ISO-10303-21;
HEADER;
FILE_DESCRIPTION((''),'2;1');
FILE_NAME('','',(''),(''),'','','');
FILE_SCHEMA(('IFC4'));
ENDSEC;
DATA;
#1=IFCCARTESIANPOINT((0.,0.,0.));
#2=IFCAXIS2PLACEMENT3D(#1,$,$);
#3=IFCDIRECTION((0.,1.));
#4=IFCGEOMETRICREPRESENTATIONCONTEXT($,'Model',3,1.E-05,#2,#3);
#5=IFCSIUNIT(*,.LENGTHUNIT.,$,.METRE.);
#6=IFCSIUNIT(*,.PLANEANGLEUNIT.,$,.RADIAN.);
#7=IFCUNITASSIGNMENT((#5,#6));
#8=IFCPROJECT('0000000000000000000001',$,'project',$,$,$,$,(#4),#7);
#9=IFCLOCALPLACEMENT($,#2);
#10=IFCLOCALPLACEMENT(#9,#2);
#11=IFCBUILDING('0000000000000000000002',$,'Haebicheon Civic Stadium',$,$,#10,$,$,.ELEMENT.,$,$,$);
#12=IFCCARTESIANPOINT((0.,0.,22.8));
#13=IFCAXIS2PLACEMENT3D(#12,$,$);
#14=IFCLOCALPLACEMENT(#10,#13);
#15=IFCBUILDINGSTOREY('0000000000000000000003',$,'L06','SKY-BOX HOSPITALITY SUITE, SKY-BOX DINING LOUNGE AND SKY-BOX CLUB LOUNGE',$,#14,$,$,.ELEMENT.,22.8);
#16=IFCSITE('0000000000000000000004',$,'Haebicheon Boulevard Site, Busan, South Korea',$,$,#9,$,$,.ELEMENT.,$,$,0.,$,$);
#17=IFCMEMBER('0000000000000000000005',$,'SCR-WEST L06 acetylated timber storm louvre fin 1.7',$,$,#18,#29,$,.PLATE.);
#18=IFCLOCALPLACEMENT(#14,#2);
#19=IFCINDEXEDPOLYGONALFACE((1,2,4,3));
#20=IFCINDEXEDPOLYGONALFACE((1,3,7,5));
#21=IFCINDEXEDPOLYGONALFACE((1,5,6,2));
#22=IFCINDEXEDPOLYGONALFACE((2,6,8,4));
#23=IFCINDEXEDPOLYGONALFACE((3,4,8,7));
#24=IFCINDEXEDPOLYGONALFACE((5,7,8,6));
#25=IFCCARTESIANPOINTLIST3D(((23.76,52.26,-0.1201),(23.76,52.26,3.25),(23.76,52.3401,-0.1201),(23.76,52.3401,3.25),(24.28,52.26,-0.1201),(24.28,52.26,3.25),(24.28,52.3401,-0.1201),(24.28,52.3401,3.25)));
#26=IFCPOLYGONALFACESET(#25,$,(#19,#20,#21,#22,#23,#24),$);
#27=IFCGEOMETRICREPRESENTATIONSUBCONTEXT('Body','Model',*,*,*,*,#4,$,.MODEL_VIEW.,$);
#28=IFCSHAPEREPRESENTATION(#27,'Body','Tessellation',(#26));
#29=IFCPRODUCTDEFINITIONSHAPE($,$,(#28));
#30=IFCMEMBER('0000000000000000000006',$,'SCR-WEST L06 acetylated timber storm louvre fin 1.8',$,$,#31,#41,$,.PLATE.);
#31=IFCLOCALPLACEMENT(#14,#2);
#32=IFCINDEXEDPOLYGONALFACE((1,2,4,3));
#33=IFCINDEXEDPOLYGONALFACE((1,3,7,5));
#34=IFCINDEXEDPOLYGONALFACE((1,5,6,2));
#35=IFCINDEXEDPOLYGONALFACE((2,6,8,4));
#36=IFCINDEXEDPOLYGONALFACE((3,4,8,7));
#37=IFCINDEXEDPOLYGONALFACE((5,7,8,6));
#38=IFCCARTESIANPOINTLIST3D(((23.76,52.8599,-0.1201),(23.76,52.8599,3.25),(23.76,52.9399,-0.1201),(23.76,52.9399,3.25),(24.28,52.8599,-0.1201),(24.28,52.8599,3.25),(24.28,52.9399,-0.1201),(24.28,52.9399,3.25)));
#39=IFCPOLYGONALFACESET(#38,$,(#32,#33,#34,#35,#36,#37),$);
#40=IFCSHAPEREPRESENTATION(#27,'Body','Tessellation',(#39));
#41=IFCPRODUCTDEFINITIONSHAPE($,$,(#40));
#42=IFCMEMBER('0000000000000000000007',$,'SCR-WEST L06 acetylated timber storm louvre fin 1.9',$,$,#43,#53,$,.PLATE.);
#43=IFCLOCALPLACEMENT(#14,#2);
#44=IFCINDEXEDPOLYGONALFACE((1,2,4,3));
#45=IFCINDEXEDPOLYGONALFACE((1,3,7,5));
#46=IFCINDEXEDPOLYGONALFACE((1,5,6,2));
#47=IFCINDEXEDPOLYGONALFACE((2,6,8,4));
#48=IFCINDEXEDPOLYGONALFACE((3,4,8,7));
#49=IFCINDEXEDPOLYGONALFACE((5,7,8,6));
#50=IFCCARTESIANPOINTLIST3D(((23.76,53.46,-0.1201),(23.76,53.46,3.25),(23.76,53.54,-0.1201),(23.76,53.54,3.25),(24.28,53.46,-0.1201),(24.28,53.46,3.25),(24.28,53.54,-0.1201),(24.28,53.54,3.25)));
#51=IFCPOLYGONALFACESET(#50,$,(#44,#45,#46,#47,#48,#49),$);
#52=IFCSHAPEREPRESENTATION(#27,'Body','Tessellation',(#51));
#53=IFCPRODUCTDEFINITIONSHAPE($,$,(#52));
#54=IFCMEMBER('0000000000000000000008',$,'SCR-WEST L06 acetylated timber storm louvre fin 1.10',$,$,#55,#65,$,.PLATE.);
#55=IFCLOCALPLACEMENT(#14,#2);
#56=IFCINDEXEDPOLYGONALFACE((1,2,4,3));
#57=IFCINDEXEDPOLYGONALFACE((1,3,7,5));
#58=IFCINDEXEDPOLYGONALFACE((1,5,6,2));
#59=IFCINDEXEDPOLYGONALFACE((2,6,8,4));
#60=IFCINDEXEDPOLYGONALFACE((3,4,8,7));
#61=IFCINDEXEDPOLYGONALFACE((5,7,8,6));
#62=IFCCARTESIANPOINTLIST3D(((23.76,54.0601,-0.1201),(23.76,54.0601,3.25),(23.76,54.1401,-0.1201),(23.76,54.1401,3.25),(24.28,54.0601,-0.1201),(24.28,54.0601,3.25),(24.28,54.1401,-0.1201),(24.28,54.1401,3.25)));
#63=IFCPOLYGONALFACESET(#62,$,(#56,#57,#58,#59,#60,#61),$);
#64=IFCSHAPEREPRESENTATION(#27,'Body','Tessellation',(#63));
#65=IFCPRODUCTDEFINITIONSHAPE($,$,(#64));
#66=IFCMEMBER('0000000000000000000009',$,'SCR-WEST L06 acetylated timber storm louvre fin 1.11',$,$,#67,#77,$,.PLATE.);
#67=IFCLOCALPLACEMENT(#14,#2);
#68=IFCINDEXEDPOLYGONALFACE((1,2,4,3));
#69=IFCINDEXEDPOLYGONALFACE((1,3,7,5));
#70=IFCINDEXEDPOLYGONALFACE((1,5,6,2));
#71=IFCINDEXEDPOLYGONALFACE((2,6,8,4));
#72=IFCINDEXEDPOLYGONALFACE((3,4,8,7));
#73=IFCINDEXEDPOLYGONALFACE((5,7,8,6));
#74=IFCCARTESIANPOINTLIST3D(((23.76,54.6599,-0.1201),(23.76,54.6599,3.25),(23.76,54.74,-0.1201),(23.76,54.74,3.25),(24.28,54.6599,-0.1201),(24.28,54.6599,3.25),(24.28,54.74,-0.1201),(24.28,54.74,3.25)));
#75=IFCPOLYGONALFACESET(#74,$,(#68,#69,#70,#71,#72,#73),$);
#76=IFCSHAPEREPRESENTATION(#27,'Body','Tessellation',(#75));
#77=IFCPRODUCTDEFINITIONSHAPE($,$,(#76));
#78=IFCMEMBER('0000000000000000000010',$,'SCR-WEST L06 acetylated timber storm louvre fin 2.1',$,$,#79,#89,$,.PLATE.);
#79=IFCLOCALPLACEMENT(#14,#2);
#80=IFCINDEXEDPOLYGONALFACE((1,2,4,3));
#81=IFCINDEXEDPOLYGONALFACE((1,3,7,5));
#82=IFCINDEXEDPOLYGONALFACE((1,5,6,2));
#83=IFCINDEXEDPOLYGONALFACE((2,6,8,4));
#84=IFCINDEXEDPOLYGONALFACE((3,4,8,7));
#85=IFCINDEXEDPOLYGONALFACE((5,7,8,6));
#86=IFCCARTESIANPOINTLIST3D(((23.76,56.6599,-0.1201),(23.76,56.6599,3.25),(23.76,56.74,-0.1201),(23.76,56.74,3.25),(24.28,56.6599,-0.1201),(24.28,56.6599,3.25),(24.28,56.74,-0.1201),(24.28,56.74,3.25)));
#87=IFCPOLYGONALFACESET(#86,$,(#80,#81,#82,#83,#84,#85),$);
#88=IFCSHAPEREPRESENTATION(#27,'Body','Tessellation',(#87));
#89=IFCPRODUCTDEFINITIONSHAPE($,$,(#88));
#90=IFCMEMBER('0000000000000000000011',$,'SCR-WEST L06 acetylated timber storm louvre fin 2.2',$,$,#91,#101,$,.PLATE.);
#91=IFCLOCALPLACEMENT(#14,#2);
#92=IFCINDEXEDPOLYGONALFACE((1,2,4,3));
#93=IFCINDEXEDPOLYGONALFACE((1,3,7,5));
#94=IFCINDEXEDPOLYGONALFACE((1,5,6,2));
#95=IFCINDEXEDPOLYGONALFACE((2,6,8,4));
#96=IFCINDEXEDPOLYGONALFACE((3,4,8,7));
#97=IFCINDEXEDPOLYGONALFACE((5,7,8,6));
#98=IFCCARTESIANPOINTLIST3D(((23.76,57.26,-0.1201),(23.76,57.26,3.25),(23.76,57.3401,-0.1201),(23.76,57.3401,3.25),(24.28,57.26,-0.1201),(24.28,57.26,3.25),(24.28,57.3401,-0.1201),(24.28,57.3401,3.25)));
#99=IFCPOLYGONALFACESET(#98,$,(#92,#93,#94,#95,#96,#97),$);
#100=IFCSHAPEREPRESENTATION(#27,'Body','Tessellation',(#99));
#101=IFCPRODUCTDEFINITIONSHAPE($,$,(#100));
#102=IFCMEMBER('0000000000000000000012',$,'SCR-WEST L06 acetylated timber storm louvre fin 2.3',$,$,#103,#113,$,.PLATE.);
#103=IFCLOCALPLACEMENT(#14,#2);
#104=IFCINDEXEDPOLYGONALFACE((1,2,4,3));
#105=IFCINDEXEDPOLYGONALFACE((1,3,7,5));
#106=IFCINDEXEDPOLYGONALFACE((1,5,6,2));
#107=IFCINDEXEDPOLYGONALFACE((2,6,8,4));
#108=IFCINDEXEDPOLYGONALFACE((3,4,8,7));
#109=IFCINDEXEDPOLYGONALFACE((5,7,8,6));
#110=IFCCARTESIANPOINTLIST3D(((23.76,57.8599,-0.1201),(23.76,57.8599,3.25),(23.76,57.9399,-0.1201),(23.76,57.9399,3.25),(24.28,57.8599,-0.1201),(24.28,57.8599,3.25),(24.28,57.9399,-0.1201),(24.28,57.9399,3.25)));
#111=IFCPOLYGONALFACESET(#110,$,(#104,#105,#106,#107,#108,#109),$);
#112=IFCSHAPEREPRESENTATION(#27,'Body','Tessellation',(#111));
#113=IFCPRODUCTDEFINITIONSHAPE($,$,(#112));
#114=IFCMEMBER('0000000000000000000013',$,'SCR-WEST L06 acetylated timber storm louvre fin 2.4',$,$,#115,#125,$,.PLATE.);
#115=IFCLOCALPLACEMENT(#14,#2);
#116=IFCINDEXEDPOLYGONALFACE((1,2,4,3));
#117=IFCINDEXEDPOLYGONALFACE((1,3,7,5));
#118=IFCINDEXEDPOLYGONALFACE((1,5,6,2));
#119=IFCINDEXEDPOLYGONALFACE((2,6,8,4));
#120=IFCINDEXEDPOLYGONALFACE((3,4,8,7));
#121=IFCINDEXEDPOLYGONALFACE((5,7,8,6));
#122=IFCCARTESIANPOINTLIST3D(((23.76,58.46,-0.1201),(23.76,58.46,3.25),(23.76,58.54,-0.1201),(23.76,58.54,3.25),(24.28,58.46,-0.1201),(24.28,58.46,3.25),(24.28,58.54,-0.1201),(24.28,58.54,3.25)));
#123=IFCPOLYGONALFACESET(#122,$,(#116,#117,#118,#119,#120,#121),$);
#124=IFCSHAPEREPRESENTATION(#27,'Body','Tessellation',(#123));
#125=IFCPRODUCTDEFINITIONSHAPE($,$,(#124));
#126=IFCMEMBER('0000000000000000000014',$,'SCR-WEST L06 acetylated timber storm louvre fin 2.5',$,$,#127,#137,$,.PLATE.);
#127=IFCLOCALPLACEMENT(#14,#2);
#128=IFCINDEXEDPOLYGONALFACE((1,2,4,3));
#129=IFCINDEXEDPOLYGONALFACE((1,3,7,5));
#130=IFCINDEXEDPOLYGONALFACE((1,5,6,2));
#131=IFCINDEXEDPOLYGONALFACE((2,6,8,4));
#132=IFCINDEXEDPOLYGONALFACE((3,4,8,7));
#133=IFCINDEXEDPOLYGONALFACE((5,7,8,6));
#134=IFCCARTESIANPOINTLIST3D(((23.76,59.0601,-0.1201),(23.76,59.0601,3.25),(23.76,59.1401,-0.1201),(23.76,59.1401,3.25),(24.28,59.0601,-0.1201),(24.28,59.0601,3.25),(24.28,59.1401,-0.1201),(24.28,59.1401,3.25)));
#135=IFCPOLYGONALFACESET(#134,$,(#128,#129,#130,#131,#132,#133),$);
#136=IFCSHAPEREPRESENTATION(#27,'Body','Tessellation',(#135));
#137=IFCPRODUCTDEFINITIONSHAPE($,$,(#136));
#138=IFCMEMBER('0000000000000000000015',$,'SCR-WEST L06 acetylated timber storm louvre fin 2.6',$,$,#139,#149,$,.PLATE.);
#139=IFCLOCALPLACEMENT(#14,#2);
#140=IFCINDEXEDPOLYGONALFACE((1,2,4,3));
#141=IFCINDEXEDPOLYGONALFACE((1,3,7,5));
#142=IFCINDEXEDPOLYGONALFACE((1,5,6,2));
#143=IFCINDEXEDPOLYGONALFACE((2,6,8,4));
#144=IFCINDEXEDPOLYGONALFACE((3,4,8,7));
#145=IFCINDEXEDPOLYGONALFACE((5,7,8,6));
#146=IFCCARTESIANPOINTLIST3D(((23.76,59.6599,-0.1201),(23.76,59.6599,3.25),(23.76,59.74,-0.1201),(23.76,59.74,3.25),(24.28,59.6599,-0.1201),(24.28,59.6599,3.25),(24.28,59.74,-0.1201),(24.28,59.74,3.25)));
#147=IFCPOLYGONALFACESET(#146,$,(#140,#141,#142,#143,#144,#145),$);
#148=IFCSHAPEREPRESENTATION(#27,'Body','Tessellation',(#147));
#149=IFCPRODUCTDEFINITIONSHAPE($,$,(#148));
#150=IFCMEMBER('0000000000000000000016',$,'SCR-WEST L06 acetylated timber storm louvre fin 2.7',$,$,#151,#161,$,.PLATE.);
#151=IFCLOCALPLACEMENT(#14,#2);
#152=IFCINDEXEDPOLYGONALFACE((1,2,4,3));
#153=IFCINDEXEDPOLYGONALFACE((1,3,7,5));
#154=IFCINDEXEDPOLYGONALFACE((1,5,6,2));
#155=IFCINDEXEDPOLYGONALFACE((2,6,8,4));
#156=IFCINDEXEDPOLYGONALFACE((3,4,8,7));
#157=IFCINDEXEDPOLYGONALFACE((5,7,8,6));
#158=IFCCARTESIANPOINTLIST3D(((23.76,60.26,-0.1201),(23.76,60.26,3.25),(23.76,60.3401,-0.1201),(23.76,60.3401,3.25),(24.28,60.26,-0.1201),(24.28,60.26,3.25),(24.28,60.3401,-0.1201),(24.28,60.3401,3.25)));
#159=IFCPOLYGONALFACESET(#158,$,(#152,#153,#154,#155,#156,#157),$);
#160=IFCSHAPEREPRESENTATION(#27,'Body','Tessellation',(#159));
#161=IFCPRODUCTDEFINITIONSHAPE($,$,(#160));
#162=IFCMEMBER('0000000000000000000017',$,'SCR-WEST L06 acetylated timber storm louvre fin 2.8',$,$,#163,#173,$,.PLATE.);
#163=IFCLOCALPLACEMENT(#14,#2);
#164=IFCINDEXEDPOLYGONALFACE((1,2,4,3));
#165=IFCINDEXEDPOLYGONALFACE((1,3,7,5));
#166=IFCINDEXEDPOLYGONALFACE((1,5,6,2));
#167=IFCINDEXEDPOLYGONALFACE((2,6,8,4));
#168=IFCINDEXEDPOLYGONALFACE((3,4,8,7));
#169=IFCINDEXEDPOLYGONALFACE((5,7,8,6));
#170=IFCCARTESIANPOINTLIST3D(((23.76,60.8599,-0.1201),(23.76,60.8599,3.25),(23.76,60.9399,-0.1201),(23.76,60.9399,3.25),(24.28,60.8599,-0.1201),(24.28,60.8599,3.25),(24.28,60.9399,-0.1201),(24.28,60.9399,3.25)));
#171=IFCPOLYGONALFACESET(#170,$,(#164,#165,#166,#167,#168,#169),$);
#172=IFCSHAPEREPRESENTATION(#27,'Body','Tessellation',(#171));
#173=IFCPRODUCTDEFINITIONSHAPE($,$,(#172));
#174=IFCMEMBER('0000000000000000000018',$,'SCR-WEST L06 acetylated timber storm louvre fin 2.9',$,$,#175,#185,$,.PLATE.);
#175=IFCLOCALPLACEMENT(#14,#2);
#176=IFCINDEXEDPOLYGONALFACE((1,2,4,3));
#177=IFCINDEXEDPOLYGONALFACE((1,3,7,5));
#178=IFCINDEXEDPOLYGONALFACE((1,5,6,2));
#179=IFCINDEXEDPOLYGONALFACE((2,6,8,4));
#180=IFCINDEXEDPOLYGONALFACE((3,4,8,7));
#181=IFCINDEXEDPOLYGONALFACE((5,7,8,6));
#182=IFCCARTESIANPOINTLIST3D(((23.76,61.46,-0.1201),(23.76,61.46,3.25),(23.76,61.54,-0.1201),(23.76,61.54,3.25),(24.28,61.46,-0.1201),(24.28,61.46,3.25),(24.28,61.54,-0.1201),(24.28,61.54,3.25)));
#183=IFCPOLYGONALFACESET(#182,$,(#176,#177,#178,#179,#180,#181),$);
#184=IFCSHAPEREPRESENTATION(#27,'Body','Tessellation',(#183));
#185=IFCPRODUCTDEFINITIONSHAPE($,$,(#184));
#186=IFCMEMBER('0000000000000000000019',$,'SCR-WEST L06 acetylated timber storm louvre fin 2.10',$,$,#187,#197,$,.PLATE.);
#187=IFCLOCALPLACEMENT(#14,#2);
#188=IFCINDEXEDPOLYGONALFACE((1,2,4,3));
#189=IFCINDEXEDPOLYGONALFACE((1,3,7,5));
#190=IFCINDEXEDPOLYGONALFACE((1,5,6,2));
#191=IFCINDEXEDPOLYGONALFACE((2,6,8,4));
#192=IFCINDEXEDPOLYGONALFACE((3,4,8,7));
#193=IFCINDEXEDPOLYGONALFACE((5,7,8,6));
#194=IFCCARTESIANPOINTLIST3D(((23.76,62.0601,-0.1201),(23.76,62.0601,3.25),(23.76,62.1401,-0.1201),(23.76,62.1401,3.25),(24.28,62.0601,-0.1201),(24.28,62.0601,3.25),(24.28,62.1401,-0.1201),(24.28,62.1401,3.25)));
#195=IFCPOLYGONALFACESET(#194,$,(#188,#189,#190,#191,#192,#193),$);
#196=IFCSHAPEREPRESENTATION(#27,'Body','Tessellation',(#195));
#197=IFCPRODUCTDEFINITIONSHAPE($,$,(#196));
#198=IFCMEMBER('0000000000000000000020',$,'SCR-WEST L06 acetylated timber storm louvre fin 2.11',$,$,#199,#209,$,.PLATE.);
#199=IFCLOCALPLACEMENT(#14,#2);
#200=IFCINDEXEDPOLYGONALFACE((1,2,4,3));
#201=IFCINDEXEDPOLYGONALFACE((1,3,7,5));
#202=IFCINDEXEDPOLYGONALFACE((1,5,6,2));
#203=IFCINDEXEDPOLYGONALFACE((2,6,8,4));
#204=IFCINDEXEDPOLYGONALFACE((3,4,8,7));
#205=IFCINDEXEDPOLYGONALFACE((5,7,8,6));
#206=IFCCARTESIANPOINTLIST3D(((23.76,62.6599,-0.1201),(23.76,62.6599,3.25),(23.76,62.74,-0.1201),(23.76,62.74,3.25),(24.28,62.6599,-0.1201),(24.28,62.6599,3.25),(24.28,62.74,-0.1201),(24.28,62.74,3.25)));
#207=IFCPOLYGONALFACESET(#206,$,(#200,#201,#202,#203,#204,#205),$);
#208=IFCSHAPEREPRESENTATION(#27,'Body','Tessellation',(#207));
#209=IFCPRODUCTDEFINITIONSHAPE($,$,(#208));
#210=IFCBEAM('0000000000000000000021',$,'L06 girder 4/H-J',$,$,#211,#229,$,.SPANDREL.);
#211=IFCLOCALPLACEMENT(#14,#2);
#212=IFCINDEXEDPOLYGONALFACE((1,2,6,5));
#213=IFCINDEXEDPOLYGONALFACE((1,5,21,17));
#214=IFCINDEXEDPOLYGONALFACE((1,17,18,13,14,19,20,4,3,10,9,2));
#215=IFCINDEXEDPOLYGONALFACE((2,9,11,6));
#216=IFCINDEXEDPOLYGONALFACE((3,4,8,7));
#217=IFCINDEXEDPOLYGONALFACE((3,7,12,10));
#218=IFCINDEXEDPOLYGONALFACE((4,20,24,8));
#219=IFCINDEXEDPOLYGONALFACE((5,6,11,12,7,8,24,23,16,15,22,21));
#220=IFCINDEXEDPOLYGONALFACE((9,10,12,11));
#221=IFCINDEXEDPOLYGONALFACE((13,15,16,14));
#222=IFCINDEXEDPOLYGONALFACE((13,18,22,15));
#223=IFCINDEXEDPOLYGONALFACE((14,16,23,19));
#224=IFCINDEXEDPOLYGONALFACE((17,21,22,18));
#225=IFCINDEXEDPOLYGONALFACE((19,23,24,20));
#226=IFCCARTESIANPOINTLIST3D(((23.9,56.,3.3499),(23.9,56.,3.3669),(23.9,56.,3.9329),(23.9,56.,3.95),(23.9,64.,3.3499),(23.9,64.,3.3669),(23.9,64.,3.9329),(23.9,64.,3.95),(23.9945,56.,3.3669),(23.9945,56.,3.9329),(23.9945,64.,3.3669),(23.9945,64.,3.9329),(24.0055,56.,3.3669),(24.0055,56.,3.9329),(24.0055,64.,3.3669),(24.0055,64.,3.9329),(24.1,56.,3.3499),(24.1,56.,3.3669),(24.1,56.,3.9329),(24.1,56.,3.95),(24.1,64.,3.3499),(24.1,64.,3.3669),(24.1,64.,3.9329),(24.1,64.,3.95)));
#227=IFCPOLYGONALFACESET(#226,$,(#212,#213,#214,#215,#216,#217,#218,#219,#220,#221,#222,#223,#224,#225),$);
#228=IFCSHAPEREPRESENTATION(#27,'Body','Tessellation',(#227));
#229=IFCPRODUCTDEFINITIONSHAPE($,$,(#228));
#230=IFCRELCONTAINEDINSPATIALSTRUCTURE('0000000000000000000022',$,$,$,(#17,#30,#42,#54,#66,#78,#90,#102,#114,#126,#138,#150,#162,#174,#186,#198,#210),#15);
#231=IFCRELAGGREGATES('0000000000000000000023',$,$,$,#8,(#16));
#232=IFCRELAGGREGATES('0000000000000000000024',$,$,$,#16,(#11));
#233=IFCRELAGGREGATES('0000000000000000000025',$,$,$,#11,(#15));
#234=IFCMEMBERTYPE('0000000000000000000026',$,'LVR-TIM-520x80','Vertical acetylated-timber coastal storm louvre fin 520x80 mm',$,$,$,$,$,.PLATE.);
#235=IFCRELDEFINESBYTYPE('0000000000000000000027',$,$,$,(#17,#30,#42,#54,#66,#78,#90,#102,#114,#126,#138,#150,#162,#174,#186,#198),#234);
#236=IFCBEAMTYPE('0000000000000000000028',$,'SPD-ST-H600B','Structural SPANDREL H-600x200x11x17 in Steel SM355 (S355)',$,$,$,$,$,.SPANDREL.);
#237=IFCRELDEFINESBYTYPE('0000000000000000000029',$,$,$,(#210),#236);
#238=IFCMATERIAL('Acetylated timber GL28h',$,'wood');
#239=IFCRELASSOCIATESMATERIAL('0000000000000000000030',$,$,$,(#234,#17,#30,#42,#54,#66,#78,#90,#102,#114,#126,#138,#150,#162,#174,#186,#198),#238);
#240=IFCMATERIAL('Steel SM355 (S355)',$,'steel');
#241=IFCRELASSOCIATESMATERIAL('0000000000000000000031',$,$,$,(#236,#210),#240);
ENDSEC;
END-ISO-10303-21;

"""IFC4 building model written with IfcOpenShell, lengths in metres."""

from ifc_helpers import new_model, si_unit, direction, frame, origin, origin_2d, place, context, subcontext, project, spatial, rectangle, i_section, extrude, material, material_profile, profile_set, type_object, element, save


model = new_model("IFC4")

# Units and contexts
model_context = context("Model", 3, precision=1e-05, world=origin(), true_north=direction((0.0, 1.0)))
body_context = subcontext(model_context, "Body", "Model", "MODEL_VIEW")
ifc_project = project(units=[si_unit("LENGTHUNIT", "METRE"), si_unit("PLANEANGLEUNIT", "RADIAN")], contexts=[model_context])

# Site, building, storey
site_placement = place(None, origin())
site = spatial("IfcSite", under=ifc_project, at=site_placement, Name="Haebicheon Boulevard Site, Busan, South Korea", CompositionType="ELEMENT", RefElevation=0.0)
building_placement = place(site_placement, origin())
building = spatial("IfcBuilding", under=site, at=building_placement, Name="Haebicheon Civic Stadium", CompositionType="ELEMENT")
storey_placement = place(building_placement, frame((0.0, 0.0, 22.8)))
storey = spatial("IfcBuildingStorey", under=building, at=storey_placement, Name="L06", Description="SKY-BOX HOSPITALITY SUITE, SKY-BOX DINING LOUNGE AND SKY-BOX CLUB LOUNGE", CompositionType="ELEMENT", Elevation=22.8)

# Members
ifc_material_1 = material(Name="Acetylated timber GL28h", Category="wood")
ifc_material_profile_1 = material_profile(ifc_material_1, rectangle(XDim=0.0801, YDim=0.52, at=origin_2d()), Name="TMB-LOUV-80x520")
ifc_profile_set_1 = profile_set([ifc_material_profile_1], Name="Acetylated timber GL28h")
member_type_1 = type_object("IfcMemberType", Name="LVR-TIM-520x80", Description="Vertical acetylated-timber coastal storm louvre fin 520x80 mm", PredefinedType="PLATE", material=ifc_profile_set_1)
for number, where, z_axis, x_axis, name in (
    (1, (24.02, 52.3, -0.1201), (0.0, 0.0, 1.0), (0.0, 1.0, 0.0), "SCR-WEST L06 acetylated timber storm louvre fin 1.7"),
    (2, (24.02, 52.8999, -0.1201), (0.0, 0.0, 1.0), (0.0, 1.0, 0.0), "SCR-WEST L06 acetylated timber storm louvre fin 1.8"),
    (3, (24.02, 53.5, -0.1201), (0.0, 0.0, 1.0), (0.0, 1.0, 0.0), "SCR-WEST L06 acetylated timber storm louvre fin 1.9"),
    (4, (24.02, 54.1001, -0.1201), (0.0, 0.0, 1.0), (0.0, 1.0, 0.0), "SCR-WEST L06 acetylated timber storm louvre fin 1.10"),
    (5, (24.02, 54.7, -0.1201), (0.0, 0.0, 1.0), (0.0, 1.0, 0.0), "SCR-WEST L06 acetylated timber storm louvre fin 1.11"),
    (6, (24.02, 56.7, -0.1201), (0.0, 0.0, 1.0), (0.0, 1.0, 0.0), "SCR-WEST L06 acetylated timber storm louvre fin 2.1"),
    (7, (24.02, 57.3, -0.1201), (0.0, 0.0, 1.0), (0.0, 1.0, 0.0), "SCR-WEST L06 acetylated timber storm louvre fin 2.2"),
    (8, (24.02, 57.8999, -0.1201), (0.0, 0.0, 1.0), (0.0, 1.0, 0.0), "SCR-WEST L06 acetylated timber storm louvre fin 2.3"),
    (9, (24.02, 58.5, -0.1201), (0.0, 0.0, 1.0), (0.0, 1.0, 0.0), "SCR-WEST L06 acetylated timber storm louvre fin 2.4"),
    (10, (24.02, 59.1001, -0.1201), (0.0, 0.0, 1.0), (0.0, 1.0, 0.0), "SCR-WEST L06 acetylated timber storm louvre fin 2.5"),
    (11, (24.02, 59.7, -0.1201), (0.0, 0.0, 1.0), (0.0, 1.0, 0.0), "SCR-WEST L06 acetylated timber storm louvre fin 2.6"),
    (12, (24.02, 60.3, -0.1201), (0.0, 0.0, 1.0), (0.0, 1.0, 0.0), "SCR-WEST L06 acetylated timber storm louvre fin 2.7"),
    (13, (24.02, 60.8999, -0.1201), (0.0, 0.0, 1.0), (0.0, 1.0, 0.0), "SCR-WEST L06 acetylated timber storm louvre fin 2.8"),
    (14, (24.02, 61.5, -0.1201), (0.0, 0.0, 1.0), (0.0, 1.0, 0.0), "SCR-WEST L06 acetylated timber storm louvre fin 2.9"),
    (15, (24.02, 62.1001, -0.1201), (0.0, 0.0, 1.0), (0.0, 1.0, 0.0), "SCR-WEST L06 acetylated timber storm louvre fin 2.10"),
    (16, (24.02, 62.7, -0.1201), (0.0, 0.0, 1.0), (0.0, 1.0, 0.0), "SCR-WEST L06 acetylated timber storm louvre fin 2.11"),
):
    element("IfcMember", number, at=place(storey_placement, frame(where, z_axis=z_axis, x_axis=x_axis)), inside=storey, type_object=member_type_1, material=ifc_profile_set_1, Name=name, PredefinedType="PLATE", context=body_context, shape_type="SweptSolid", body=[
        extrude(rectangle(XDim=0.0801, YDim=0.52, at=origin_2d()), origin(), (0.0, 0.0, 1.0), 3.3701),
    ])

# Beam
ifc_material_2 = material(Name="Steel SM355 (S355)", Category="steel")
ifc_material_profile_2 = material_profile(ifc_material_2, i_section(OverallWidth=0.2, OverallDepth=0.6001, WebThickness=0.011, FlangeThickness=0.0171, at=origin_2d()), Name="H-600x200x11x17")
ifc_profile_set_2 = profile_set([ifc_material_profile_2], Name="Steel SM355 (S355)")
beam_type_1 = type_object("IfcBeamType", Name="SPD-ST-H600B", Description="Structural SPANDREL H-600x200x11x17 in Steel SM355 (S355)", PredefinedType="SPANDREL", material=ifc_profile_set_2)
for number, where, z_axis, x_axis, name in (
    (17, (24.0, 56.0, 3.6499), (0.0, 1.0, 0.0), (-1.0, 0.0, 0.0), "L06 girder 4/H-J"),
):
    element("IfcBeam", number, at=place(storey_placement, frame(where, z_axis=z_axis, x_axis=x_axis)), inside=storey, type_object=beam_type_1, material=ifc_profile_set_2, Name=name, PredefinedType="SPANDREL", context=body_context, shape_type="SweptSolid", body=[
        extrude(i_section(OverallWidth=0.2, OverallDepth=0.6001, WebThickness=0.011, FlangeThickness=0.0171, at=origin_2d()), origin(), (0.0, 0.0, 1.0), 8.0),
    ])

save(model, "model.ifc")
